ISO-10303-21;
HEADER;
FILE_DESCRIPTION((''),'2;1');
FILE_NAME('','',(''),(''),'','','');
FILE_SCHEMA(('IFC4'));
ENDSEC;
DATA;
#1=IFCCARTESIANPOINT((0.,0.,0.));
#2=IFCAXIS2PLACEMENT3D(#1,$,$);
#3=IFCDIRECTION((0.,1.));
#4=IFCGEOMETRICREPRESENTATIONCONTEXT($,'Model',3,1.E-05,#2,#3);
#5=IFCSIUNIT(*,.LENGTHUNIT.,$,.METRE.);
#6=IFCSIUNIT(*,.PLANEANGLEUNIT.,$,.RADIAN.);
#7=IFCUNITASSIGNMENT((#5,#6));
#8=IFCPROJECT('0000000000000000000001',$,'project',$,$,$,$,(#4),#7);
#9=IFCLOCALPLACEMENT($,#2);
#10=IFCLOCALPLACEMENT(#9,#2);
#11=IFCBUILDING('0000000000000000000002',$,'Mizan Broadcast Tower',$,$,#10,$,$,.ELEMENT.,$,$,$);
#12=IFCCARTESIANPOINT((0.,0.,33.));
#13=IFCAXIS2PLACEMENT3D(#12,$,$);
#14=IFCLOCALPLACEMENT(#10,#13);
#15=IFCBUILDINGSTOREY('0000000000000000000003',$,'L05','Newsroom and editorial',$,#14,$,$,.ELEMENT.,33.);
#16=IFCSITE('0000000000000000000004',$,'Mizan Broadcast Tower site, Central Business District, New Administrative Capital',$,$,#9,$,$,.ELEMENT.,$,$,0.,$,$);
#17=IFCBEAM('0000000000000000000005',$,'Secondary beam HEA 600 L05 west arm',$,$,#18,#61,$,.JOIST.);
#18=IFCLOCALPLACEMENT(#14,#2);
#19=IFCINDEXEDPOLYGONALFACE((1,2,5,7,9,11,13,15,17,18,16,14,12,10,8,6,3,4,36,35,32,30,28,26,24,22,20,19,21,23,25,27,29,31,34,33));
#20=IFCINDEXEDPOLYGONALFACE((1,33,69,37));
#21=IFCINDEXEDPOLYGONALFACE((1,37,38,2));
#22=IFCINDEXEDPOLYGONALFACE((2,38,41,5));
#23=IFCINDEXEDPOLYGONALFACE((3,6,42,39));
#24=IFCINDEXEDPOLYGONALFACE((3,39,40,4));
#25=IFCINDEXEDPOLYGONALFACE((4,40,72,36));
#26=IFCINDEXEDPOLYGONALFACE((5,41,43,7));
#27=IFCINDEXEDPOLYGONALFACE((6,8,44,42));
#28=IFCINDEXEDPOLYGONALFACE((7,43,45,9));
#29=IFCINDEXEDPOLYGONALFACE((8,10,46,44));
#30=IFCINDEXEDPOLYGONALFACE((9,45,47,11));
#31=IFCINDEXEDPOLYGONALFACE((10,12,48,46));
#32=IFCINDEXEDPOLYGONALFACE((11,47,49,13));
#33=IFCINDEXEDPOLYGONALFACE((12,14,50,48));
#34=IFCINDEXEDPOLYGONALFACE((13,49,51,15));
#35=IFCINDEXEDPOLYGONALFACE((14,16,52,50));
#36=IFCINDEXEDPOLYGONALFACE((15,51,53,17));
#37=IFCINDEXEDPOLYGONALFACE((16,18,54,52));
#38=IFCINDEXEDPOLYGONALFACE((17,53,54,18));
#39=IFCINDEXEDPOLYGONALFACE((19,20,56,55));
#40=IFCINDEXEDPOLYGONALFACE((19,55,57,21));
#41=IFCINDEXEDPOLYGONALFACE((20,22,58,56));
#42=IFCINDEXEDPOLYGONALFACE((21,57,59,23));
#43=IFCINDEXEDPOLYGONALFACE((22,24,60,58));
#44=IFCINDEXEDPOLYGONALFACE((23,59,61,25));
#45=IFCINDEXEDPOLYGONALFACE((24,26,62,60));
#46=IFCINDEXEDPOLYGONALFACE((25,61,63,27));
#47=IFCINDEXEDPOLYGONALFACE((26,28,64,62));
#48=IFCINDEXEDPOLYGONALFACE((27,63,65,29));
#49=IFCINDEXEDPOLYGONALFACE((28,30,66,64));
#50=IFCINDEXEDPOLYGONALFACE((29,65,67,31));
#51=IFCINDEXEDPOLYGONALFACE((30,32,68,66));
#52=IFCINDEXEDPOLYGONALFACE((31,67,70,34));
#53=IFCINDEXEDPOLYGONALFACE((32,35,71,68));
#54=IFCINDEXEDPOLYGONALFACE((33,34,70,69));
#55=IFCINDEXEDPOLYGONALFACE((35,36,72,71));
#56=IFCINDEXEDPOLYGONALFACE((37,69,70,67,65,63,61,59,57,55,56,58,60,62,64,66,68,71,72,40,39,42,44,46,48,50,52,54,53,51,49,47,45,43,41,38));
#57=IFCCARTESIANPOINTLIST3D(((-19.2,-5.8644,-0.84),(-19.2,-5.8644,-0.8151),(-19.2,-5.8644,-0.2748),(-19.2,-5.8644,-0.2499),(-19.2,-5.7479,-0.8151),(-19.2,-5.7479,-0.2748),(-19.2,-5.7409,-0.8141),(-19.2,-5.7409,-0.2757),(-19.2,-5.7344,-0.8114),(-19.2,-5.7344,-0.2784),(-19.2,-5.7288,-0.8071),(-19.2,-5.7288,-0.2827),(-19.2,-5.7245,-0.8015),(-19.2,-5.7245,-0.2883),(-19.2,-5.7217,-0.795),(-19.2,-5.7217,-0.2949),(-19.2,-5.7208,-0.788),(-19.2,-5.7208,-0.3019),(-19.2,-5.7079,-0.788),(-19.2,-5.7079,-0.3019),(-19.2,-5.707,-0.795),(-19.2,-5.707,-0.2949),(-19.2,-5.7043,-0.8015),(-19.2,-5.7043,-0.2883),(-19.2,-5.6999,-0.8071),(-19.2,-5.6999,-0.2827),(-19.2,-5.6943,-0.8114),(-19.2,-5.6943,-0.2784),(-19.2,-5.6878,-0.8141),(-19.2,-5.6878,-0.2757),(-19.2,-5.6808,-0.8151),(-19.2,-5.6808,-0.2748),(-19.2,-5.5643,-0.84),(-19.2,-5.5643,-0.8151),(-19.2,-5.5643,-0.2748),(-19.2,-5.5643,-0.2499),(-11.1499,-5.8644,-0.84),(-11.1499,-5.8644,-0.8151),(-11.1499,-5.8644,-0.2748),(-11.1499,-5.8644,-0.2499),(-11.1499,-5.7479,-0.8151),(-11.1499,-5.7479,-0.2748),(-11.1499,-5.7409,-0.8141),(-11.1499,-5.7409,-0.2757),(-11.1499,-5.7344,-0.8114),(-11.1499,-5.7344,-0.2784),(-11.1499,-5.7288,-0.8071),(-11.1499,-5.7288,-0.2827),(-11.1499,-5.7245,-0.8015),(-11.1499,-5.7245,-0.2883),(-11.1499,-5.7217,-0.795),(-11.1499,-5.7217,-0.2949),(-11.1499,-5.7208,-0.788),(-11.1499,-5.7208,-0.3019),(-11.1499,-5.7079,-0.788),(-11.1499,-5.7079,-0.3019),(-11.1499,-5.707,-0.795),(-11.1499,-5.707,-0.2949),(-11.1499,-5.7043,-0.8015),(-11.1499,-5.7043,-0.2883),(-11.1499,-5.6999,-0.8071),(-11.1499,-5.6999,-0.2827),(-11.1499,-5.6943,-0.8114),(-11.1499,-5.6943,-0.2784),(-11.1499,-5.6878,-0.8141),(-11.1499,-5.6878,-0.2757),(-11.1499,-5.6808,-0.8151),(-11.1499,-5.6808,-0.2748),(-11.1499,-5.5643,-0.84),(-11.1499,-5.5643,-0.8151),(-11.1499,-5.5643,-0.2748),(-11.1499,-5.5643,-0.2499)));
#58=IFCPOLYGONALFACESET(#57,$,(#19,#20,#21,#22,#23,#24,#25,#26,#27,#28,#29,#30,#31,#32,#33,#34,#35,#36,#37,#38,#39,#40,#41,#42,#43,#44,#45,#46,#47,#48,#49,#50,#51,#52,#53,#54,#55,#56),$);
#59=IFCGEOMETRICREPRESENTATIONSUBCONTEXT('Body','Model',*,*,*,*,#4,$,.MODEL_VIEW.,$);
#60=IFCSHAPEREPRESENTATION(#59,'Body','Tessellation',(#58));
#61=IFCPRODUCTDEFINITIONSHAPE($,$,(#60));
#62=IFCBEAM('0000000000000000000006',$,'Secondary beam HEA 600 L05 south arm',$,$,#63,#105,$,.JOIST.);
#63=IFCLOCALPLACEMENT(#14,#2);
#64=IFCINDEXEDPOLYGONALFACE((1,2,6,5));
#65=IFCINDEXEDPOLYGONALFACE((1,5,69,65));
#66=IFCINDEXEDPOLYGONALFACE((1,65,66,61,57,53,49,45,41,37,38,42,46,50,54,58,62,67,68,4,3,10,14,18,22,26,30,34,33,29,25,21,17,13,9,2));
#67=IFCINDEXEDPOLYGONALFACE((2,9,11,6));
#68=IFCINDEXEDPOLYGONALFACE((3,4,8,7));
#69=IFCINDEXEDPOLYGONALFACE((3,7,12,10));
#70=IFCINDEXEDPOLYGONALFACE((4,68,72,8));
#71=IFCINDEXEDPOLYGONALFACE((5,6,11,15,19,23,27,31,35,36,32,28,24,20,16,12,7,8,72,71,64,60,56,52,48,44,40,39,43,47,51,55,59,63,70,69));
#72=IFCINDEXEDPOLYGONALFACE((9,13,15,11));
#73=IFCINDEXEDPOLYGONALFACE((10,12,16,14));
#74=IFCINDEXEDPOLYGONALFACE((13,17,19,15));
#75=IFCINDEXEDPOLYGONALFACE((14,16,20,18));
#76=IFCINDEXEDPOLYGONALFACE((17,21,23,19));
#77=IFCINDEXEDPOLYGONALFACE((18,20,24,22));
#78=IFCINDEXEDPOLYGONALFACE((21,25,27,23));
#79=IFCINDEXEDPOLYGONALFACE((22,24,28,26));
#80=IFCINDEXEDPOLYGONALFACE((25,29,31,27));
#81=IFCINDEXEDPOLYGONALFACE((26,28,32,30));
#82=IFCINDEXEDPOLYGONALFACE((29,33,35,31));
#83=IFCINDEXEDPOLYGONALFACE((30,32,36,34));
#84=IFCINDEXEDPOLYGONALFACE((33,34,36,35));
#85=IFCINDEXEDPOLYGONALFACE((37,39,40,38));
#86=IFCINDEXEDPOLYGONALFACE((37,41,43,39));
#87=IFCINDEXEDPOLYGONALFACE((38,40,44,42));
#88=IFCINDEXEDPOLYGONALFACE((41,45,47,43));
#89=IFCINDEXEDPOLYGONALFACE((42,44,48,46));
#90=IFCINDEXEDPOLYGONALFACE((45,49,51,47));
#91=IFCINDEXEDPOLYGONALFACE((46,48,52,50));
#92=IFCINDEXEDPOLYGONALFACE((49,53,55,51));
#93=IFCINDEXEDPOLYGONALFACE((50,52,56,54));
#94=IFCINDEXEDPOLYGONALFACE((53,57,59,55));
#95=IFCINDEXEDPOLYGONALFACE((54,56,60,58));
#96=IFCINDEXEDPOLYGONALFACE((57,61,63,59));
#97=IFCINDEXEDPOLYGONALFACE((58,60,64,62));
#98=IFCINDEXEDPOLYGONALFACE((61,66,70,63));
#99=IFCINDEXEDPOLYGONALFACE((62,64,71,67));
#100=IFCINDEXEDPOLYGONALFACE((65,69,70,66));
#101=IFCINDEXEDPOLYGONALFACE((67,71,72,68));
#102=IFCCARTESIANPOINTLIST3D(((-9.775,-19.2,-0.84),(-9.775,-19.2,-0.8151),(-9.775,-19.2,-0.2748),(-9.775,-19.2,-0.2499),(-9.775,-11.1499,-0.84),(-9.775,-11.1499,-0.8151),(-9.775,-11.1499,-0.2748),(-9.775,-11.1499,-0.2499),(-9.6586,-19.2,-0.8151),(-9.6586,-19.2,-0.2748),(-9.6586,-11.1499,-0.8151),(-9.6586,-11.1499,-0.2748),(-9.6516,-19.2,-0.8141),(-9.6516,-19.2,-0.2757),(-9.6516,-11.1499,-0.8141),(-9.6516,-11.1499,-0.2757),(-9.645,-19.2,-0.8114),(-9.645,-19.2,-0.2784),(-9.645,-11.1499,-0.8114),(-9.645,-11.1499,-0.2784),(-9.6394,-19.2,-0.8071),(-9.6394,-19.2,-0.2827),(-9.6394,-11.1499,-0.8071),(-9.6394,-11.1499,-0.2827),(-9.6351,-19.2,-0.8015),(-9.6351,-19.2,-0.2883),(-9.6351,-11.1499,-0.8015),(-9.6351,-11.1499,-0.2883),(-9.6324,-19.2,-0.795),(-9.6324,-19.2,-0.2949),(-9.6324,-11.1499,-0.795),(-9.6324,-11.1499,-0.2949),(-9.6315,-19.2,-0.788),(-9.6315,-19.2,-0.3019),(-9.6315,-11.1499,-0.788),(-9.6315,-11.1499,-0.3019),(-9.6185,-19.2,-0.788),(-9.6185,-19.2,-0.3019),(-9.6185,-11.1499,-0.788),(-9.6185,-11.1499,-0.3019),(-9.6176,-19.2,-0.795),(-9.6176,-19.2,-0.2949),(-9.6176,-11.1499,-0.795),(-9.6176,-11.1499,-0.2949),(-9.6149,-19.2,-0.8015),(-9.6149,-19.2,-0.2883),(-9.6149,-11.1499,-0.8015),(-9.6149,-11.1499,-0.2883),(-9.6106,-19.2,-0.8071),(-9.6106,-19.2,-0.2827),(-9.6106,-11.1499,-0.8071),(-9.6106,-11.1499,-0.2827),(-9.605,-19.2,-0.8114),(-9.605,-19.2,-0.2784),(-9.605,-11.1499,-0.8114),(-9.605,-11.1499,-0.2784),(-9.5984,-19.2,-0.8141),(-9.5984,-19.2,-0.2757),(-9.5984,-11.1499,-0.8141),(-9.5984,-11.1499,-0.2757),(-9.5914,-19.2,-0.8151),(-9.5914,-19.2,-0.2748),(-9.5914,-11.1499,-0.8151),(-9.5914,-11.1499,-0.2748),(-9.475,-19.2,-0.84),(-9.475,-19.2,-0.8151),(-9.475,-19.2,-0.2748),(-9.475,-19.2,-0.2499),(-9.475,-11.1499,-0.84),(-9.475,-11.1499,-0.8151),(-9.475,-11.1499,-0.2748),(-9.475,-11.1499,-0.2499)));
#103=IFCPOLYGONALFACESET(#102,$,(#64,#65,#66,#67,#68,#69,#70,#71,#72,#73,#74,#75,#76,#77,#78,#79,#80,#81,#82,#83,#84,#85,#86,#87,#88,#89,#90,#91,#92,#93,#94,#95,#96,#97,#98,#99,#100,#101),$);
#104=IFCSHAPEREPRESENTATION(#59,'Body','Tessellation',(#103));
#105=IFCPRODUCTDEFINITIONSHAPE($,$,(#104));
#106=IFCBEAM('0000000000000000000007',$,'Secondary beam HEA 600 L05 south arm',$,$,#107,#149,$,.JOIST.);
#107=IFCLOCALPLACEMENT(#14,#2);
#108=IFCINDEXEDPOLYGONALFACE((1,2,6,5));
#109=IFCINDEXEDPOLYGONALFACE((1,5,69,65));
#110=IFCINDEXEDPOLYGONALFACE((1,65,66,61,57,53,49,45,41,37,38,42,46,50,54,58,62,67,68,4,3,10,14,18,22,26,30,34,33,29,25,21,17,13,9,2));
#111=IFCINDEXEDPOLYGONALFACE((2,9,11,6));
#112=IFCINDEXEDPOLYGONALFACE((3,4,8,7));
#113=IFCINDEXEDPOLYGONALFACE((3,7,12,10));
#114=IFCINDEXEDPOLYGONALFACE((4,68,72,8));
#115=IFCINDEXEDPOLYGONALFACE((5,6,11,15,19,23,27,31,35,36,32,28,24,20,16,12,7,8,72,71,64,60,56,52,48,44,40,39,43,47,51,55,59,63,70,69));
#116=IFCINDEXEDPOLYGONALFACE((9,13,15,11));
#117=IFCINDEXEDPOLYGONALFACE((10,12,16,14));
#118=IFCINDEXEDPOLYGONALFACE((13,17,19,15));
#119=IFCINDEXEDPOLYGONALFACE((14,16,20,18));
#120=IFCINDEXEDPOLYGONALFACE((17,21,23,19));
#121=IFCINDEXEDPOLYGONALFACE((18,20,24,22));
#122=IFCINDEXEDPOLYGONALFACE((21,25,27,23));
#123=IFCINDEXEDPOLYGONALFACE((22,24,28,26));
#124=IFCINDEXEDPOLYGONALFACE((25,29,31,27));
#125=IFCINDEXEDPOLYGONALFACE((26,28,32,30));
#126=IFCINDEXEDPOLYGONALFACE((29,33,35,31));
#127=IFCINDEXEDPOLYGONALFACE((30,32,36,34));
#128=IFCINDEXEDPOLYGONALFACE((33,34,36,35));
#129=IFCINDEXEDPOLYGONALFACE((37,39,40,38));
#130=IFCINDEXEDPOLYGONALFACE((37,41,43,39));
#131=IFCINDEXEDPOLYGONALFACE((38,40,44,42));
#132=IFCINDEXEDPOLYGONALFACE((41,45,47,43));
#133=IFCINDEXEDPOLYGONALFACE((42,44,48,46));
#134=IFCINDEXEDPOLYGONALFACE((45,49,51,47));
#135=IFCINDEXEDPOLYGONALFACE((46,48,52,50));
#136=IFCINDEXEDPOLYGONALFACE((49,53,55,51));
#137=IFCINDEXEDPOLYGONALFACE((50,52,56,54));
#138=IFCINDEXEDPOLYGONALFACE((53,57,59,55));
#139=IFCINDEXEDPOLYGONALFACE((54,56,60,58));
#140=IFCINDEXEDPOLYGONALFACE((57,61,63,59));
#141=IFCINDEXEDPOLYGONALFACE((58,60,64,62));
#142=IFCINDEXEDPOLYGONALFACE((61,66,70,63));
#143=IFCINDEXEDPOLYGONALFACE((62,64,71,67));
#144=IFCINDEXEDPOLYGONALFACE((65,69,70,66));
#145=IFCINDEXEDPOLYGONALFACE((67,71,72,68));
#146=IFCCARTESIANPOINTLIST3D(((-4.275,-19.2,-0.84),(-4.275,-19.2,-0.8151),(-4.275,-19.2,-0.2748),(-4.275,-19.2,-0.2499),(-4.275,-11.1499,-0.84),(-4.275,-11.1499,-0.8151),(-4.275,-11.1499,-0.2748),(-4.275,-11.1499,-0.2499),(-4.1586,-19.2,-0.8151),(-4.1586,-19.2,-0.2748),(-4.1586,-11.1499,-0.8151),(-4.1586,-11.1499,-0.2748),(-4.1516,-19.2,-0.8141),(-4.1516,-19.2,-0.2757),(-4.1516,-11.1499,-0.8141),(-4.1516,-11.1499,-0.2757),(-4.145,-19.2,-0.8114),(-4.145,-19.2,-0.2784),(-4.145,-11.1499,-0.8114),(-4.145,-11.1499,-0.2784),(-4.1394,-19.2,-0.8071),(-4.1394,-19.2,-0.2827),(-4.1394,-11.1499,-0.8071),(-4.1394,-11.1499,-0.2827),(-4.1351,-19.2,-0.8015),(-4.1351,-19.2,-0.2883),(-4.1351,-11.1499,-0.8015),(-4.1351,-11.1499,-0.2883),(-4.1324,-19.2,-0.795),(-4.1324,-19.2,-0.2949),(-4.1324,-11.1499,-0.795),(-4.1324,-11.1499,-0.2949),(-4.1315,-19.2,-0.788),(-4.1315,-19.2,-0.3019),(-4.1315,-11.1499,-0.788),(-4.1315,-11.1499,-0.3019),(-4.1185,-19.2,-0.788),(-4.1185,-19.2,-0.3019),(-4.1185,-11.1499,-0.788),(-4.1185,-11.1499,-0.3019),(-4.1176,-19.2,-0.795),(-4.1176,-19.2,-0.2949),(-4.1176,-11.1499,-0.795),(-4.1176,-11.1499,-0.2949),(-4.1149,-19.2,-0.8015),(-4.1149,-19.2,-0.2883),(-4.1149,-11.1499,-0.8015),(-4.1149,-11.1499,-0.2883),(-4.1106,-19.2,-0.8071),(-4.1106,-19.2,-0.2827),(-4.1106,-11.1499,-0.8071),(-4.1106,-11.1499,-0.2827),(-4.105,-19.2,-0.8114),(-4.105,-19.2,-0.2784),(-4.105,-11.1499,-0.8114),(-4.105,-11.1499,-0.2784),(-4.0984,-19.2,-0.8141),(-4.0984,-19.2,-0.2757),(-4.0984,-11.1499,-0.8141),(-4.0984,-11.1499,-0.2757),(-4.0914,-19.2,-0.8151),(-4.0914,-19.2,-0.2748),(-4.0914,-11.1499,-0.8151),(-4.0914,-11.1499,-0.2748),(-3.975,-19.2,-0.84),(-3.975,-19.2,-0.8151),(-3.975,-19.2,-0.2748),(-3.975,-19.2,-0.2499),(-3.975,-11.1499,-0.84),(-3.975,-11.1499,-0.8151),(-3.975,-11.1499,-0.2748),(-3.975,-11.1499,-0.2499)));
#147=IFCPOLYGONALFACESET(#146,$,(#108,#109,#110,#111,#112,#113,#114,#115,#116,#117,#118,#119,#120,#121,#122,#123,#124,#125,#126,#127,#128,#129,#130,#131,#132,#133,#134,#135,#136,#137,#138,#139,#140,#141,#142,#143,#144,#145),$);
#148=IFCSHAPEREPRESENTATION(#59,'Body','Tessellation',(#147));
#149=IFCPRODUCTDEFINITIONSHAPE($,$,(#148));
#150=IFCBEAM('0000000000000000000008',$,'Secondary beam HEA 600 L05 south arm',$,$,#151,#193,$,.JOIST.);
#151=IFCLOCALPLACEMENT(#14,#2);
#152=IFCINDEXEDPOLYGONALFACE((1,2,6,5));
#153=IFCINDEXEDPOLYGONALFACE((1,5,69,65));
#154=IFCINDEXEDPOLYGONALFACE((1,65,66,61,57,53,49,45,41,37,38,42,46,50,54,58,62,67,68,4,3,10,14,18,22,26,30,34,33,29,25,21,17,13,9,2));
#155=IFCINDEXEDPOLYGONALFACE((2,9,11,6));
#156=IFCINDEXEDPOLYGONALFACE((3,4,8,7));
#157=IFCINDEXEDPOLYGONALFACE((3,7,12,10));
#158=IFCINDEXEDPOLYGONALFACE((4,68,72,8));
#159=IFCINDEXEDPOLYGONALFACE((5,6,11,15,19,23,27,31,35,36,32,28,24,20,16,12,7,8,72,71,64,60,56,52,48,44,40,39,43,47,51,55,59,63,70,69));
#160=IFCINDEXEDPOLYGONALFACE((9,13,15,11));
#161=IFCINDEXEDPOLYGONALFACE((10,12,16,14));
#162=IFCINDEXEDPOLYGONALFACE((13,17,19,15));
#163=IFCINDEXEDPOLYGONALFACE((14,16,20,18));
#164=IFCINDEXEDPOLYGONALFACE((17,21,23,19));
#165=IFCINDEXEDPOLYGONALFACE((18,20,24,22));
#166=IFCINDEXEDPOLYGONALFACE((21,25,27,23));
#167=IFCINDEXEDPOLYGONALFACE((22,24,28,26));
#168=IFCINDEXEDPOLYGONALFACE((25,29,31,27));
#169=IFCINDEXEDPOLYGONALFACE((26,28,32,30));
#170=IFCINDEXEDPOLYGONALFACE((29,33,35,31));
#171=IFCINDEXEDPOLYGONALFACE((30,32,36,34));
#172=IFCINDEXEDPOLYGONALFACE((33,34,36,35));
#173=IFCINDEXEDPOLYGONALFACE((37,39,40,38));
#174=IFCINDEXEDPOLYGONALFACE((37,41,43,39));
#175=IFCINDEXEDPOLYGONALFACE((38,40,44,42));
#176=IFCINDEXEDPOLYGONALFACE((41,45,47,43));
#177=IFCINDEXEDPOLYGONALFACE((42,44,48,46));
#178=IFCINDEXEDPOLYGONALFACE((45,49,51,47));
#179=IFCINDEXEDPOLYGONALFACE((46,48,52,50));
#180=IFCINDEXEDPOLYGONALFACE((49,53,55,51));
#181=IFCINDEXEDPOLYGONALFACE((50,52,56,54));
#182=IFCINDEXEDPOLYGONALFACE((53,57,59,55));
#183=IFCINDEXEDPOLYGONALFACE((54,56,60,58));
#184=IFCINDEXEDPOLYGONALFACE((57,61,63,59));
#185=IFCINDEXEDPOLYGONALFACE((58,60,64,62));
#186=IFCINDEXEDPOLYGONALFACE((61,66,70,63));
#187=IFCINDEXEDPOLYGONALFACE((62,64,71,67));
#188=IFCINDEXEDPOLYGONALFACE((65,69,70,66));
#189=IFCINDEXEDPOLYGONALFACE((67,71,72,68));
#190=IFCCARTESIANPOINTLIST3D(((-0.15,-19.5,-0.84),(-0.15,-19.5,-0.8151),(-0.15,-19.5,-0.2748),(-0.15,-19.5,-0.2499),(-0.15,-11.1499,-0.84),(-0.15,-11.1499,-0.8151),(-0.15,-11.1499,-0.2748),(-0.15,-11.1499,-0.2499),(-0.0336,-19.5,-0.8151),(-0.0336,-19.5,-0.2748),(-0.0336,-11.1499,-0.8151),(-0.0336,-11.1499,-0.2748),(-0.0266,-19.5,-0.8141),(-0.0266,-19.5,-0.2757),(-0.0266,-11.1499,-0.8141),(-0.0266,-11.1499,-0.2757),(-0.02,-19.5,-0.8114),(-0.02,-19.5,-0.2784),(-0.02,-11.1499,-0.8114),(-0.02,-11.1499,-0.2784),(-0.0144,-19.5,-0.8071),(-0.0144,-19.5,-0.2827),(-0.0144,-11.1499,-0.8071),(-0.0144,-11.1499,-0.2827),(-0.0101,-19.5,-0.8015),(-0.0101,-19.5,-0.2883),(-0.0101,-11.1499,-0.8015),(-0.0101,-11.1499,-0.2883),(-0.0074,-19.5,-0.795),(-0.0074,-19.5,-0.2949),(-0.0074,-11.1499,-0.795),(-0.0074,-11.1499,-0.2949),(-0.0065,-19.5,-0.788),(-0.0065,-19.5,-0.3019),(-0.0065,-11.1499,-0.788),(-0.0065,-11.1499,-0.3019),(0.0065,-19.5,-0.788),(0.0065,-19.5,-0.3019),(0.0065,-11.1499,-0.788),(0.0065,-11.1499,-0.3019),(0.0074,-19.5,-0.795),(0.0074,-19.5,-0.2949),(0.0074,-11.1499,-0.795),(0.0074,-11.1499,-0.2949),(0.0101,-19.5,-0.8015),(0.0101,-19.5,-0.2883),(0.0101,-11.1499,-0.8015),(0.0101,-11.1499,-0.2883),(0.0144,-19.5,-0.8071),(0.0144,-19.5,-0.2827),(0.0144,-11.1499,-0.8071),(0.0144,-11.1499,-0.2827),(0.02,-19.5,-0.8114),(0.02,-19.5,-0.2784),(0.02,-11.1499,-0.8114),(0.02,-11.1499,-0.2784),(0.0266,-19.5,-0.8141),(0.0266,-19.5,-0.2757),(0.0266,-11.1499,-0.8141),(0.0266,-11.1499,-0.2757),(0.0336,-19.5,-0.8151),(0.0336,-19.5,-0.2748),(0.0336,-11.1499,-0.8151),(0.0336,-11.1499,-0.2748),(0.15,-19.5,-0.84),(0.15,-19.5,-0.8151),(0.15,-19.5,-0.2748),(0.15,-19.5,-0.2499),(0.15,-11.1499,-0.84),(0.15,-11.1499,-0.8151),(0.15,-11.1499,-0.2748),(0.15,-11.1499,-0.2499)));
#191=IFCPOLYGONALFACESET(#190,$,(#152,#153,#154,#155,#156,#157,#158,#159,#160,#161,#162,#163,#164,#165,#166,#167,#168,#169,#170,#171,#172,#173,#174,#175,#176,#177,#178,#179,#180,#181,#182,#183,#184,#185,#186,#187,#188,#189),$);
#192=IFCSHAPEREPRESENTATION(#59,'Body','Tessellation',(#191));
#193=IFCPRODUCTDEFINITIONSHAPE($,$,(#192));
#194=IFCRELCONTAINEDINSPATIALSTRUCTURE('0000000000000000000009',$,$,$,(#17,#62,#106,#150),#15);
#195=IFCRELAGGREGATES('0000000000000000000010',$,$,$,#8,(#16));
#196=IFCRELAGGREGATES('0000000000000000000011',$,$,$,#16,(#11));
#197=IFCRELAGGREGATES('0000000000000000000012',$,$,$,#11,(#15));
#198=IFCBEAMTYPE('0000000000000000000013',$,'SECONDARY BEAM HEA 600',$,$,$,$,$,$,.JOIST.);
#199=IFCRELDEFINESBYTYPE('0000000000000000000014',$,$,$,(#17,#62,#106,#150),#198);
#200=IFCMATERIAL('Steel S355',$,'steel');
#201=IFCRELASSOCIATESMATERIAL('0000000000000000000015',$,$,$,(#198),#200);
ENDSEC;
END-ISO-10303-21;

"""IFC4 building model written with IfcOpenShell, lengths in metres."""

from ifc_helpers import new_model, si_unit, direction, frame, origin, origin_2d, place, context, subcontext, project, spatial, i_section, extrude, material, material_profile, profile_set, type_object, element, save


model = new_model("IFC4")

# Units and contexts
model_context = context("Model", 3, precision=1e-05, world=origin(), true_north=direction((0.0, 1.0)))
body_context = subcontext(model_context, "Body", "Model", "MODEL_VIEW")
ifc_project = project(units=[si_unit("LENGTHUNIT", "METRE"), si_unit("PLANEANGLEUNIT", "RADIAN")], contexts=[model_context])

# Site, building, storey
site_placement = place(None, origin())
site = spatial("IfcSite", under=ifc_project, at=site_placement, Name="Mizan Broadcast Tower site, Central Business District, New Administrative Capital", CompositionType="ELEMENT", RefElevation=0.0)
building_placement = place(site_placement, origin())
building = spatial("IfcBuilding", under=site, at=building_placement, Name="Mizan Broadcast Tower", CompositionType="ELEMENT")
storey_placement = place(building_placement, frame((0.0, 0.0, 33.0)))
storey = spatial("IfcBuildingStorey", under=building, at=storey_placement, Name="L05", Description="Newsroom and editorial", CompositionType="ELEMENT", Elevation=33.0)

# Beams
ifc_material_1 = material(Name="Steel S355", Category="steel")
ifc_material_profile_1 = material_profile(ifc_material_1, i_section(OverallWidth=0.3, OverallDepth=0.5901, WebThickness=0.0129, FlangeThickness=0.0249, FilletRadius=0.0271, at=origin_2d()), Name="HEA 600")
ifc_profile_set_1 = profile_set([ifc_material_profile_1], Name="Steel S355")
beam_type_1 = type_object("IfcBeamType", Name="SECONDARY BEAM HEA 600", PredefinedType="JOIST", material=ifc_profile_set_1)
for number, where, z_axis, x_axis, name in (
    (1, (-11.1499, -5.7144, -0.5449), (-1.0, 0.0, 0.0), (0.0, -1.0, 0.0), "Secondary beam HEA 600 L05 west arm"),
    (2, (-9.625, -11.1499, -0.5449), (0.0, -1.0, 0.0), (1.0, 0.0, 0.0), "Secondary beam HEA 600 L05 south arm"),
    (3, (-4.125, -11.1499, -0.5449), (0.0, -1.0, 0.0), (1.0, 0.0, 0.0), "Secondary beam HEA 600 L05 south arm"),
):
    element("IfcBeam", number, at=place(storey_placement, frame(where, z_axis=z_axis, x_axis=x_axis)), inside=storey, type_object=beam_type_1, Name=name, PredefinedType="JOIST", context=body_context, shape_type="SweptSolid", body=[
        extrude(i_section(OverallWidth=0.3, OverallDepth=0.5901, WebThickness=0.0129, FlangeThickness=0.0249, FilletRadius=0.0271, at=origin_2d()), origin(), (0.0, 0.0, 1.0), 8.05),
    ])
beam_placement = place(storey_placement, frame((0.0, -11.1499, -0.5449), z_axis=(0.0, -1.0, 0.0), x_axis=(1.0, 0.0, 0.0)))
element("IfcBeam", 4, at=beam_placement, inside=storey, type_object=beam_type_1, Name="Secondary beam HEA 600 L05 south arm", PredefinedType="JOIST", context=body_context, shape_type="SweptSolid", body=[
    extrude(i_section(OverallWidth=0.3, OverallDepth=0.5901, WebThickness=0.0129, FlangeThickness=0.0249, FilletRadius=0.0271, at=origin_2d()), origin(), (0.0, 0.0, 1.0), 8.3501),
])

save(model, "model.ifc")
